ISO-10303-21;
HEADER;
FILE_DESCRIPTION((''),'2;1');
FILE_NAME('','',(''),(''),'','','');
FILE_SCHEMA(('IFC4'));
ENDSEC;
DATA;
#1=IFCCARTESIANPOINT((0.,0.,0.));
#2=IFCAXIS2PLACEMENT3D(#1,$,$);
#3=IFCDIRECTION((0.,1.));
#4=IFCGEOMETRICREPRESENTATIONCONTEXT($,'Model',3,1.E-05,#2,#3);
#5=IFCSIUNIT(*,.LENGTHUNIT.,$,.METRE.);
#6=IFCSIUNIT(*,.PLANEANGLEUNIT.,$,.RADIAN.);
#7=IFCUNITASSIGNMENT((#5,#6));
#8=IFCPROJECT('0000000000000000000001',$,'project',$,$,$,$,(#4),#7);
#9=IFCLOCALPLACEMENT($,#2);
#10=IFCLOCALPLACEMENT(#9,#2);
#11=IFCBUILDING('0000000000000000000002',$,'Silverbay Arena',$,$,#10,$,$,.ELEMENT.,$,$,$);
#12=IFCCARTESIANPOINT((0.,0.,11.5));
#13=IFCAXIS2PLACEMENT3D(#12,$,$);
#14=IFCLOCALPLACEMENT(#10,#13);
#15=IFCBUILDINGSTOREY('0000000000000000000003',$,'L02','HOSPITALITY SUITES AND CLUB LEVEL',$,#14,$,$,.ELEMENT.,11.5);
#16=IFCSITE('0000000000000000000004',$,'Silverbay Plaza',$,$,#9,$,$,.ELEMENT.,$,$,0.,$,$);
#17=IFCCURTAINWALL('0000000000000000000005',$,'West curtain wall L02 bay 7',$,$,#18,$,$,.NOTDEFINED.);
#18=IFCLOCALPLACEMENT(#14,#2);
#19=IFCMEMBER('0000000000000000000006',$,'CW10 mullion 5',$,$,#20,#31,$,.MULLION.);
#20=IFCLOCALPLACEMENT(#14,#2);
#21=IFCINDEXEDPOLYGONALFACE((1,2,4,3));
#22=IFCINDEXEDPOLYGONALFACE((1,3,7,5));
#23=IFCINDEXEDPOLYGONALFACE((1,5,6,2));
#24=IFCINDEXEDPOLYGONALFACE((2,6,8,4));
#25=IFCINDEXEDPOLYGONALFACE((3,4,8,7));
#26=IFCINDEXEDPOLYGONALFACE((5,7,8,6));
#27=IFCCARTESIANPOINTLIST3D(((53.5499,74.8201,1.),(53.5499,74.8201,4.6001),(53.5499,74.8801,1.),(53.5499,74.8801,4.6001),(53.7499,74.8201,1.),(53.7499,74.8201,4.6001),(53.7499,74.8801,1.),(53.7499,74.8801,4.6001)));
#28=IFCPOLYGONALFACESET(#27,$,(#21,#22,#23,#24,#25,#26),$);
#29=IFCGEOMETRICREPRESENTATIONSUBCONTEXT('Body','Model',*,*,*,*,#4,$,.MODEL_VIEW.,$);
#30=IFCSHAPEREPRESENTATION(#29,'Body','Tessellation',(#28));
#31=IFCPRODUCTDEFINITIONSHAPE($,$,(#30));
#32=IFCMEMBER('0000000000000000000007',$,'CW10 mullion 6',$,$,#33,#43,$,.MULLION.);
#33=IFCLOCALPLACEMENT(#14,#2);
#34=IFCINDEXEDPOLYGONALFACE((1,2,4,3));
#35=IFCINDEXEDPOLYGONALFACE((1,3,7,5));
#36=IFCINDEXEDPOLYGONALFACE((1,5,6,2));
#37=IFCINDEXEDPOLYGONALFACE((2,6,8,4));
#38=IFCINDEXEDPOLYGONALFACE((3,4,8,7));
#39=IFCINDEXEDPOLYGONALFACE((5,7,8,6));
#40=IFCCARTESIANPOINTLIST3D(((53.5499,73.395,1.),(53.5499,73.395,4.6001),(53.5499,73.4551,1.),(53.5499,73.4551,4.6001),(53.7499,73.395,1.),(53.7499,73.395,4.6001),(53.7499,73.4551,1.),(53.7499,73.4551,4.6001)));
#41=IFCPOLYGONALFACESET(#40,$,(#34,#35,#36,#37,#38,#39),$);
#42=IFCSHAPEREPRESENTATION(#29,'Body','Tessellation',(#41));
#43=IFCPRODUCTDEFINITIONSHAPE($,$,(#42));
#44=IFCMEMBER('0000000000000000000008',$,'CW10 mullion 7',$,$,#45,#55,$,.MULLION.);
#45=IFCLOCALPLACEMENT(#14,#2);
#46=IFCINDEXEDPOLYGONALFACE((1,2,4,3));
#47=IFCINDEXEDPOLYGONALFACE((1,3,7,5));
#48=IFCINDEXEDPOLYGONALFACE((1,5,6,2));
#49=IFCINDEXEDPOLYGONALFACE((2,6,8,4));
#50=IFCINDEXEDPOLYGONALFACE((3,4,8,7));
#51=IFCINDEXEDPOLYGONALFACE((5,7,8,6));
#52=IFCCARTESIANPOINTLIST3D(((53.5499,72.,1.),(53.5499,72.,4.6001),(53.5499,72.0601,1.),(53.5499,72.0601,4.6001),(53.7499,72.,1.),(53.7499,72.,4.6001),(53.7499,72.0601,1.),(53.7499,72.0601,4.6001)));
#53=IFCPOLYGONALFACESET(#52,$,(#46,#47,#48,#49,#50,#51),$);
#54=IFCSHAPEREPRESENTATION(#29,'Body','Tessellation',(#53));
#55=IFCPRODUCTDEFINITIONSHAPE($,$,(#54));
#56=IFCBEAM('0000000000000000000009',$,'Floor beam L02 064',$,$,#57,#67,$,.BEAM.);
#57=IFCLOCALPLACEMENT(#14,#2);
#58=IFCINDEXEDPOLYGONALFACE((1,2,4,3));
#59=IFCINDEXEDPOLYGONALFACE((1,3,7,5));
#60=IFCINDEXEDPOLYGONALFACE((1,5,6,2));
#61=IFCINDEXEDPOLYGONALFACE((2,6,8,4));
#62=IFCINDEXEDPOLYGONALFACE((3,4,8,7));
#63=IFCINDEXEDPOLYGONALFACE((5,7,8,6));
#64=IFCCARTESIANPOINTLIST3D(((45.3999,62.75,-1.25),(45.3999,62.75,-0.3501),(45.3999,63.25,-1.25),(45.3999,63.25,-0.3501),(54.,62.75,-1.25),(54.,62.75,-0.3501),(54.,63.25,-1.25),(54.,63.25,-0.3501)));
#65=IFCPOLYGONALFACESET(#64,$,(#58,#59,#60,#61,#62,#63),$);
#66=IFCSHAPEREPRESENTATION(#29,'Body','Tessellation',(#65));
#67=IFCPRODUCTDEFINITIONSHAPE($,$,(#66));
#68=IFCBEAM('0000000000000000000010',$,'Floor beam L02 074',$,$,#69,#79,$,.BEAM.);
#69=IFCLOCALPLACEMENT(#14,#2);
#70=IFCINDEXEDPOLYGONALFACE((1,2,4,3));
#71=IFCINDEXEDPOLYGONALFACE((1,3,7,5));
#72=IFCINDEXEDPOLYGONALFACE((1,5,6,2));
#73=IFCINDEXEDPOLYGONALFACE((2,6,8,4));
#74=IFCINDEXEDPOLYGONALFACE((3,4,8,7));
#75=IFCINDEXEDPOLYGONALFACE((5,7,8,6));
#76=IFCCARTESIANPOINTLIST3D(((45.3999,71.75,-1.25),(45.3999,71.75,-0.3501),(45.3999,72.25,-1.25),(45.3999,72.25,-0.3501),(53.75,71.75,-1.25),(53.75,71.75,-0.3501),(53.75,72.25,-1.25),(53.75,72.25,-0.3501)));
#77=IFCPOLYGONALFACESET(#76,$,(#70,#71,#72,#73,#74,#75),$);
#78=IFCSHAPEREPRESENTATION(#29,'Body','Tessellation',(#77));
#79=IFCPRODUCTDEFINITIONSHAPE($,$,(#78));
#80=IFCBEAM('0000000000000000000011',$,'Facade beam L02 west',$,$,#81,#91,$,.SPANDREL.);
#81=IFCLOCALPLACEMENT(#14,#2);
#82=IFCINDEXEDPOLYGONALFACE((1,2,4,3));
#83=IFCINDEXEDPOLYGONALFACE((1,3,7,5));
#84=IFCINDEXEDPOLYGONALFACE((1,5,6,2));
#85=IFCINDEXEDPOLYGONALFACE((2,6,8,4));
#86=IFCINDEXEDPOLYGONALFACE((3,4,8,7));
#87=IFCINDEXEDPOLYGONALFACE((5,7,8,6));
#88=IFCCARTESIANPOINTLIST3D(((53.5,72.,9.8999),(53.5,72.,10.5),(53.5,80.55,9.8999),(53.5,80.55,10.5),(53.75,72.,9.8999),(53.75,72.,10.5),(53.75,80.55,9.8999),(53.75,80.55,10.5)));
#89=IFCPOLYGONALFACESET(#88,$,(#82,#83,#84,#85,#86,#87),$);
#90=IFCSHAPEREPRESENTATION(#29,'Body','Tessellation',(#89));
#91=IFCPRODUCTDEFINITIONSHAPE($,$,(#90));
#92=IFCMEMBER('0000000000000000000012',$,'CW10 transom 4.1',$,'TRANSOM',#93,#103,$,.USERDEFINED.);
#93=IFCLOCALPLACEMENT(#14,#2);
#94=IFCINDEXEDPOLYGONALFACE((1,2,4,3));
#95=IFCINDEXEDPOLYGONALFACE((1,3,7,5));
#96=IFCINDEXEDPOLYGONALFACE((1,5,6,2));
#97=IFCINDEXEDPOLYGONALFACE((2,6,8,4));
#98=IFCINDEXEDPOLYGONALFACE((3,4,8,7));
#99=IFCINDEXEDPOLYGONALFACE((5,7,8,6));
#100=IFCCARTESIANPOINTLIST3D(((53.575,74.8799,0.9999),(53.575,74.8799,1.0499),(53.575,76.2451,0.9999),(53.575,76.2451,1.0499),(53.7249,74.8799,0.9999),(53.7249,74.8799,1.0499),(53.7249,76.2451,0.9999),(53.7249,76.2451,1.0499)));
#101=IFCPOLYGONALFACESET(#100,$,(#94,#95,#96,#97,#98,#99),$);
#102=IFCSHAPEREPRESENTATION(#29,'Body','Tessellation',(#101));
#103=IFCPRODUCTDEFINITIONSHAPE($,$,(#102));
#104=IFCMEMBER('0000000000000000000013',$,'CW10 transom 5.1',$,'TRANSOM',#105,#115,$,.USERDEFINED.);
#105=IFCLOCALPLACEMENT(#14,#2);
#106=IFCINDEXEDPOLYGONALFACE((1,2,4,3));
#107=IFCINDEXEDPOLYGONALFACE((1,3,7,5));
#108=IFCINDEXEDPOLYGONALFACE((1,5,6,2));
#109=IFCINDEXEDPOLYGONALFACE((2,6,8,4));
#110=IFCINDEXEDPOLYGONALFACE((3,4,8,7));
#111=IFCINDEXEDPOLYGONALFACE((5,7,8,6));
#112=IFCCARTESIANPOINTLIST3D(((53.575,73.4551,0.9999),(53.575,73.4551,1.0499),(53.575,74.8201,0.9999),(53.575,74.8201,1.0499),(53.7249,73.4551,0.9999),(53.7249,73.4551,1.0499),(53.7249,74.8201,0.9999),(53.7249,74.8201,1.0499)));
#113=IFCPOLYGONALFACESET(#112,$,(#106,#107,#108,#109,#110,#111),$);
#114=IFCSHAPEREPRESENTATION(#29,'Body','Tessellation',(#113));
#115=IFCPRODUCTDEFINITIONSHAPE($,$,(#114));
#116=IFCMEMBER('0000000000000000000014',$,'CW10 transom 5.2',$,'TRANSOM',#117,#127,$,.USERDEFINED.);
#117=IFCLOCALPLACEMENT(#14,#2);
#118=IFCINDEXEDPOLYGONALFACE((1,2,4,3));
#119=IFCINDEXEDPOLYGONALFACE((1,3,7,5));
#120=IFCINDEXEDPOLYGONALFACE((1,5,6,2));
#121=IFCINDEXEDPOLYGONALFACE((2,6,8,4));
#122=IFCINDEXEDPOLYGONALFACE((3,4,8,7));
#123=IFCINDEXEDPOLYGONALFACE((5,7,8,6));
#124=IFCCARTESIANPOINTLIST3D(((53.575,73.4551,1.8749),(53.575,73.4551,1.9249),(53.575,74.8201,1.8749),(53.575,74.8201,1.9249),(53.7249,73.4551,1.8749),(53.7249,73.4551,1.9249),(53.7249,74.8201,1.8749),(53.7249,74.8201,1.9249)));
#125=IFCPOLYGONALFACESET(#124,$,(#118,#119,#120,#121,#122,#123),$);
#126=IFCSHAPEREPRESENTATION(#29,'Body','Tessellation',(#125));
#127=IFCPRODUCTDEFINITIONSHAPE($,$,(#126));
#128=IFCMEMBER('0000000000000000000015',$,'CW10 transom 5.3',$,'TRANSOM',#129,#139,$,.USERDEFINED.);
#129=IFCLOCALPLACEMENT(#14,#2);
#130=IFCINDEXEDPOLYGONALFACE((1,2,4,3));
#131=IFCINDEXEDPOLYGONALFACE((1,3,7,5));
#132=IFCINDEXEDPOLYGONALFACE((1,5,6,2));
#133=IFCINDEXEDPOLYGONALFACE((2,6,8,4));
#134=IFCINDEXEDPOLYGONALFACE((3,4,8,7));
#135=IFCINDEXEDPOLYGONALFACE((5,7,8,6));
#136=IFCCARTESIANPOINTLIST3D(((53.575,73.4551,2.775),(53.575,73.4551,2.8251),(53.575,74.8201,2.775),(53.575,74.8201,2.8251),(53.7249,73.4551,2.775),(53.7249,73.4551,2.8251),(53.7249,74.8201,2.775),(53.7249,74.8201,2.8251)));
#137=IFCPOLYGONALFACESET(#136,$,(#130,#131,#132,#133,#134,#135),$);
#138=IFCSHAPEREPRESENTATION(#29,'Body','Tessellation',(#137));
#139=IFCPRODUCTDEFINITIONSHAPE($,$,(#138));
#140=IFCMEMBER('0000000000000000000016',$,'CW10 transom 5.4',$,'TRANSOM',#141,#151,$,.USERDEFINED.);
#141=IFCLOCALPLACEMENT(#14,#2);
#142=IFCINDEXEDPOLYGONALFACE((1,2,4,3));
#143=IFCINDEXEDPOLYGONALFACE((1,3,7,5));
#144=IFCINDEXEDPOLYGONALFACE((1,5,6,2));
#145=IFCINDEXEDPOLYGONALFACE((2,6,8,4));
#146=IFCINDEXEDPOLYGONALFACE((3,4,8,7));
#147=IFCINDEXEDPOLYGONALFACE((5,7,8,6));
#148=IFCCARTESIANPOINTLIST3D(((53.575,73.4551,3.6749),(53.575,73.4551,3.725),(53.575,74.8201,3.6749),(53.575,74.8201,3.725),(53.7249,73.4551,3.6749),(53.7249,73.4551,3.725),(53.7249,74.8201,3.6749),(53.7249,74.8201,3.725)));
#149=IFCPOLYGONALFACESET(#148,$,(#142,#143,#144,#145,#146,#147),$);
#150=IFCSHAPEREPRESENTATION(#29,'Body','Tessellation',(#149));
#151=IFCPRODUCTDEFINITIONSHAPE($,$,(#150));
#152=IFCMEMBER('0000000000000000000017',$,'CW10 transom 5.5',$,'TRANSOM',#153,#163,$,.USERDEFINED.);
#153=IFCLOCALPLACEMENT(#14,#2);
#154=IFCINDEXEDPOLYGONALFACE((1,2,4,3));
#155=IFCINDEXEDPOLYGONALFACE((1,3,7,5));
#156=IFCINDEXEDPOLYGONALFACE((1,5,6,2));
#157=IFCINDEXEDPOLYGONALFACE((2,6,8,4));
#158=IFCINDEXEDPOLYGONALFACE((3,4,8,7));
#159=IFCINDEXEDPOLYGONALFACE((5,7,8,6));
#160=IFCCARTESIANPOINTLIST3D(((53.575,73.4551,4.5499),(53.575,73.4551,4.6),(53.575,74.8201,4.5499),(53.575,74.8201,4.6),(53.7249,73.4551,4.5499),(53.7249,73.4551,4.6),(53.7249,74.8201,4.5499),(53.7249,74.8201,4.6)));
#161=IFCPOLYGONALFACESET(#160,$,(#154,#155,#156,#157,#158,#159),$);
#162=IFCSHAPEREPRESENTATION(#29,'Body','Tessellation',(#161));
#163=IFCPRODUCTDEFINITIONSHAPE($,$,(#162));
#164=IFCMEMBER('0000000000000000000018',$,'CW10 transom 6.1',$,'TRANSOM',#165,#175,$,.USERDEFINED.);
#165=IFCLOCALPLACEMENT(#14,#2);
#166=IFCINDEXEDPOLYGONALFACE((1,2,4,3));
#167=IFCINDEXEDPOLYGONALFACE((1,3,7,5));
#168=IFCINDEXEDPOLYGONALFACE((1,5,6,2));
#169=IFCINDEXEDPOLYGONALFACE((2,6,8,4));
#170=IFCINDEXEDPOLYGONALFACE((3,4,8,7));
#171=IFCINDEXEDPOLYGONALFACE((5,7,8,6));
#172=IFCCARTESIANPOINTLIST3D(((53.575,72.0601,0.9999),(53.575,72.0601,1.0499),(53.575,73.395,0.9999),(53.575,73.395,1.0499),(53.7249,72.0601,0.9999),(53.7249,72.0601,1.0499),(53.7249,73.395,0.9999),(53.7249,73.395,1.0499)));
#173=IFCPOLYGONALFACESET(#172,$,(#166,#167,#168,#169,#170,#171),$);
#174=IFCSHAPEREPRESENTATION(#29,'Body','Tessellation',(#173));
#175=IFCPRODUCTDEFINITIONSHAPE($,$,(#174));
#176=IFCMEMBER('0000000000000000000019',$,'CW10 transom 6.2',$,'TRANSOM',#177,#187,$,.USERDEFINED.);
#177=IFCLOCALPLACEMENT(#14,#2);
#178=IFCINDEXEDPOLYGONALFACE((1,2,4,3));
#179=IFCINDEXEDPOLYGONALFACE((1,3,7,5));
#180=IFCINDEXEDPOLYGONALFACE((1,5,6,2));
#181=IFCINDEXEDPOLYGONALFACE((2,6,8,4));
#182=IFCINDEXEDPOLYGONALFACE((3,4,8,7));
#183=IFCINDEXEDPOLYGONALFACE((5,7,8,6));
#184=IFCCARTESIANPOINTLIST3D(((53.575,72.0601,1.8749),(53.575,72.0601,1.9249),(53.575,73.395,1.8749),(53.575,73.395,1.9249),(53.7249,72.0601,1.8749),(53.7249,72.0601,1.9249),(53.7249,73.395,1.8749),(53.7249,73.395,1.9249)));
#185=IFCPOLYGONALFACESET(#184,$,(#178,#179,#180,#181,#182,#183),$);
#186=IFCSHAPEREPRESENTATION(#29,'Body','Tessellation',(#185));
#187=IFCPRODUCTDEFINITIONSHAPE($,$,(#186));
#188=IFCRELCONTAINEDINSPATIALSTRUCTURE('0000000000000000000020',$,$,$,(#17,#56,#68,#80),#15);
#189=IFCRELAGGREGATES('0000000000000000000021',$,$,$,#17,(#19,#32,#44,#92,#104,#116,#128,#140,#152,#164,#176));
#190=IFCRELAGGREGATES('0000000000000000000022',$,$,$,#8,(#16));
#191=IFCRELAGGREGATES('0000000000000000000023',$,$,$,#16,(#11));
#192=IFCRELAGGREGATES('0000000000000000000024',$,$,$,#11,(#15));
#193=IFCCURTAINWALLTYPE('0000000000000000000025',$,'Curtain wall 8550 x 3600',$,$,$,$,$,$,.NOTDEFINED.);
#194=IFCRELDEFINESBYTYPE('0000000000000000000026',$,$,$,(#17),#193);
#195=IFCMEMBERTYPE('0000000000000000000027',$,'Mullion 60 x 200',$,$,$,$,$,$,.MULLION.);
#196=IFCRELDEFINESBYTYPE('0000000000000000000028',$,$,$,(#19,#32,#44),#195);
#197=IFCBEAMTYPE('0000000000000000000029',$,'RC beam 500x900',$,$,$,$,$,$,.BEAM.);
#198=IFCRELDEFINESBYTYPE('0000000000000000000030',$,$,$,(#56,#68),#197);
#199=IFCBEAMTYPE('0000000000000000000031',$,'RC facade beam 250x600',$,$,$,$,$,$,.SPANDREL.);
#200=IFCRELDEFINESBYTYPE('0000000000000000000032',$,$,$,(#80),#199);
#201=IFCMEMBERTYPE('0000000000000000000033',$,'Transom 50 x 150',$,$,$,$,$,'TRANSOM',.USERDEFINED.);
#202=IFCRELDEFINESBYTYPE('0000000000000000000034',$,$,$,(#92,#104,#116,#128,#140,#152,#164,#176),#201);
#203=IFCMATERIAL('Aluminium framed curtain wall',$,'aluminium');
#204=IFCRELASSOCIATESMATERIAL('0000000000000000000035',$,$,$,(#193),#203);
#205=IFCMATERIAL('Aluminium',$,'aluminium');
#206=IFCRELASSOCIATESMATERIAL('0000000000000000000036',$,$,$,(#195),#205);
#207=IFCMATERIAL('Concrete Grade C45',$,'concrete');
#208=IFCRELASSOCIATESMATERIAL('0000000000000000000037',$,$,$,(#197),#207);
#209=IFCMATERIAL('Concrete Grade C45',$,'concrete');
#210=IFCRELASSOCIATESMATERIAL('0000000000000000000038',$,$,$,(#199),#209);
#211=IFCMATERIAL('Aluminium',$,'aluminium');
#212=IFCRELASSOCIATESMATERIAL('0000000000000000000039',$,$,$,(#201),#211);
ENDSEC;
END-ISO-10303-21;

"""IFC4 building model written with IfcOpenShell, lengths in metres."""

from ifc_helpers import new_model, si_unit, direction, frame, origin, origin_2d, place, context, subcontext, project, spatial, rectangle, extrude, material, material_profile, profile_set, type_object, element, aggregate, save


model = new_model("IFC4")

# Units and contexts
model_context = context("Model", 3, precision=1e-05, world=origin(), true_north=direction((0.0, 1.0)))
body_context = subcontext(model_context, "Body", "Model", "MODEL_VIEW")
ifc_project = project(units=[si_unit("LENGTHUNIT", "METRE"), si_unit("PLANEANGLEUNIT", "RADIAN")], contexts=[model_context])

# Site, building, storey
site_placement = place(None, origin())
site = spatial("IfcSite", under=ifc_project, at=site_placement, Name="Silverbay Plaza", CompositionType="ELEMENT", RefElevation=0.0)
building_placement = place(site_placement, origin())
building = spatial("IfcBuilding", under=site, at=building_placement, Name="Silverbay Arena", CompositionType="ELEMENT")
storey_placement = place(building_placement, frame((0.0, 0.0, 11.5)))
storey = spatial("IfcBuildingStorey", under=building, at=storey_placement, Name="L02", Description="HOSPITALITY SUITES AND CLUB LEVEL", CompositionType="ELEMENT", Elevation=11.5)

# Curtain wall, members
ifc_material_1 = material(Name="Aluminium framed curtain wall", Category="aluminium")
curtain_wall_type = type_object("IfcCurtainWallType", Name="Curtain wall 8550 x 3600", PredefinedType="NOTDEFINED", material=ifc_material_1)
curtain_wall_placement = place(storey_placement, origin())
curtain_wall = element("IfcCurtainWall", 1, at=curtain_wall_placement, inside=storey, type_object=curtain_wall_type, Name="West curtain wall L02 bay 7", PredefinedType="NOTDEFINED")
ifc_material_2 = material(Name="Aluminium", Category="aluminium")
ifc_material_profile_1 = material_profile(ifc_material_2, rectangle(XDim=0.2, YDim=0.0601, at=origin_2d()), Name="Mullion 60 x 200")
ifc_profile_set_1 = profile_set([ifc_material_profile_1], Name="Aluminium")
member_type_1 = type_object("IfcMemberType", Name="Mullion 60 x 200", PredefinedType="MULLION", material=ifc_profile_set_1)
member_1_placement = place(storey_placement, frame((53.6499, 74.8501, 1.0), z_axis=(0.0, 0.0, 1.0), x_axis=(1.0, 0.0, 0.0)))
member_1 = element("IfcMember", 2, at=member_1_placement, type_object=member_type_1, Name="CW10 mullion 5", PredefinedType="MULLION", context=body_context, shape_type="SweptSolid", body=[
    extrude(rectangle(XDim=0.2, YDim=0.0601, at=origin_2d()), origin(), (0.0, 0.0, 1.0), 3.6001),
])
member_2_placement = place(storey_placement, frame((53.6499, 73.425, 1.0), z_axis=(0.0, 0.0, 1.0), x_axis=(1.0, 0.0, 0.0)))
member_2 = element("IfcMember", 3, at=member_2_placement, type_object=member_type_1, Name="CW10 mullion 6", PredefinedType="MULLION", context=body_context, shape_type="SweptSolid", body=[
    extrude(rectangle(XDim=0.2, YDim=0.0601, at=origin_2d()), origin(), (0.0, 0.0, 1.0), 3.6001),
])
member_3_placement = place(storey_placement, frame((53.6499, 72.03, 1.0), z_axis=(0.0, 0.0, 1.0), x_axis=(1.0, 0.0, 0.0)))
member_3 = element("IfcMember", 4, at=member_3_placement, type_object=member_type_1, Name="CW10 mullion 7", PredefinedType="MULLION", context=body_context, shape_type="SweptSolid", body=[
    extrude(rectangle(XDim=0.2, YDim=0.0601, at=origin_2d()), origin(), (0.0, 0.0, 1.0), 3.6001),
])

# Beams
ifc_material_3 = material(Name="Concrete Grade C45", Category="concrete")
ifc_material_profile_2 = material_profile(ifc_material_3, rectangle(XDim=0.5, YDim=0.8999, at=origin_2d()), Name="RC 500x900")
ifc_profile_set_2 = profile_set([ifc_material_profile_2], Name="Concrete Grade C45")
beam_type_1 = type_object("IfcBeamType", Name="RC beam 500x900", PredefinedType="BEAM", material=ifc_profile_set_2)
beam_1_placement = place(storey_placement, frame((45.3999, 63.0, -0.8), z_axis=(1.0, 0.0, 0.0), x_axis=(0.0, 1.0, 0.0)))
element("IfcBeam", 5, at=beam_1_placement, inside=storey, type_object=beam_type_1, Name="Floor beam L02 064", PredefinedType="BEAM", context=body_context, shape_type="SweptSolid", body=[
    extrude(rectangle(XDim=0.5, YDim=0.8999, at=origin_2d()), origin(), (0.0, 0.0, 1.0), 8.6001),
])
beam_2_placement = place(storey_placement, frame((45.3999, 72.0, -0.8), z_axis=(1.0, 0.0, 0.0), x_axis=(0.0, 1.0, 0.0)))
element("IfcBeam", 6, at=beam_2_placement, inside=storey, type_object=beam_type_1, Name="Floor beam L02 074", PredefinedType="BEAM", context=body_context, shape_type="SweptSolid", body=[
    extrude(rectangle(XDim=0.5, YDim=0.8999, at=origin_2d()), origin(), (0.0, 0.0, 1.0), 8.3501),
])
ifc_material_4 = material(Name="Concrete Grade C45", Category="concrete")
ifc_material_profile_3 = material_profile(ifc_material_4, rectangle(XDim=0.25, YDim=0.6001, at=origin_2d()), Name="RC 250x600")
ifc_profile_set_3 = profile_set([ifc_material_profile_3], Name="Concrete Grade C45")
beam_type_2 = type_object("IfcBeamType", Name="RC facade beam 250x600", PredefinedType="SPANDREL", material=ifc_profile_set_3)
beam_3_placement = place(storey_placement, frame((53.625, 72.0, 10.2), z_axis=(0.0, 1.0, 0.0), x_axis=(-1.0, 0.0, 0.0)))
element("IfcBeam", 7, at=beam_3_placement, inside=storey, type_object=beam_type_2, Name="Facade beam L02 west", PredefinedType="SPANDREL", context=body_context, shape_type="SweptSolid", body=[
    extrude(rectangle(XDim=0.25, YDim=0.6001, at=origin_2d()), origin(), (0.0, 0.0, 1.0), 8.55),
])

# Members
ifc_material_5 = material(Name="Aluminium", Category="aluminium")
ifc_material_profile_4 = material_profile(ifc_material_5, rectangle(XDim=0.1499, YDim=0.05, at=origin_2d()), Name="Transom 50 x 150")
ifc_profile_set_4 = profile_set([ifc_material_profile_4], Name="Aluminium")
member_type_2 = type_object("IfcMemberType", Name="Transom 50 x 150", ElementType="TRANSOM", PredefinedType="USERDEFINED", material=ifc_profile_set_4)
member_4_placement = place(storey_placement, frame((53.6499, 76.2451, 1.0249), z_axis=(0.0, -1.0, 0.0), x_axis=(1.0, 0.0, 0.0)))
member_4 = element("IfcMember", 8, at=member_4_placement, type_object=member_type_2, Name="CW10 transom 4.1", ObjectType="TRANSOM", PredefinedType="USERDEFINED", context=body_context, shape_type="SweptSolid", body=[
    extrude(rectangle(XDim=0.1499, YDim=0.05, at=origin_2d()), origin(), (0.0, 0.0, 1.0), 1.3652),
])
member_5_placement = place(storey_placement, frame((53.6499, 74.8201, 1.0249), z_axis=(0.0, -1.0, 0.0), x_axis=(1.0, 0.0, 0.0)))
member_5 = element("IfcMember", 9, at=member_5_placement, type_object=member_type_2, Name="CW10 transom 5.1", ObjectType="TRANSOM", PredefinedType="USERDEFINED", context=body_context, shape_type="SweptSolid", body=[
    extrude(rectangle(XDim=0.1499, YDim=0.05, at=origin_2d()), origin(), (0.0, 0.0, 1.0), 1.365),
])
member_6_placement = place(storey_placement, frame((53.6499, 74.8201, 1.8999), z_axis=(0.0, -1.0, 0.0), x_axis=(1.0, 0.0, 0.0)))
member_6 = element("IfcMember", 10, at=member_6_placement, type_object=member_type_2, Name="CW10 transom 5.2", ObjectType="TRANSOM", PredefinedType="USERDEFINED", context=body_context, shape_type="SweptSolid", body=[
    extrude(rectangle(XDim=0.1499, YDim=0.05, at=origin_2d()), origin(), (0.0, 0.0, 1.0), 1.365),
])
member_7_placement = place(storey_placement, frame((53.6499, 74.8201, 2.8), z_axis=(0.0, -1.0, 0.0), x_axis=(1.0, 0.0, 0.0)))
member_7 = element("IfcMember", 11, at=member_7_placement, type_object=member_type_2, Name="CW10 transom 5.3", ObjectType="TRANSOM", PredefinedType="USERDEFINED", context=body_context, shape_type="SweptSolid", body=[
    extrude(rectangle(XDim=0.1499, YDim=0.05, at=origin_2d()), origin(), (0.0, 0.0, 1.0), 1.365),
])
member_8_placement = place(storey_placement, frame((53.6499, 74.8201, 3.7), z_axis=(0.0, -1.0, 0.0), x_axis=(1.0, 0.0, 0.0)))
member_8 = element("IfcMember", 12, at=member_8_placement, type_object=member_type_2, Name="CW10 transom 5.4", ObjectType="TRANSOM", PredefinedType="USERDEFINED", context=body_context, shape_type="SweptSolid", body=[
    extrude(rectangle(XDim=0.1499, YDim=0.05, at=origin_2d()), origin(), (0.0, 0.0, 1.0), 1.365),
])
member_9_placement = place(storey_placement, frame((53.6499, 74.8201, 4.575), z_axis=(0.0, -1.0, 0.0), x_axis=(1.0, 0.0, 0.0)))
member_9 = element("IfcMember", 13, at=member_9_placement, type_object=member_type_2, Name="CW10 transom 5.5", ObjectType="TRANSOM", PredefinedType="USERDEFINED", context=body_context, shape_type="SweptSolid", body=[
    extrude(rectangle(XDim=0.1499, YDim=0.05, at=origin_2d()), origin(), (0.0, 0.0, 1.0), 1.365),
])
member_10_placement = place(storey_placement, frame((53.6499, 73.395, 1.0249), z_axis=(0.0, -1.0, 0.0), x_axis=(1.0, 0.0, 0.0)))
member_10 = element("IfcMember", 14, at=member_10_placement, type_object=member_type_2, Name="CW10 transom 6.1", ObjectType="TRANSOM", PredefinedType="USERDEFINED", context=body_context, shape_type="SweptSolid", body=[
    extrude(rectangle(XDim=0.1499, YDim=0.05, at=origin_2d()), origin(), (0.0, 0.0, 1.0), 1.335),
])
member_11_placement = place(storey_placement, frame((53.6499, 73.395, 1.8999), z_axis=(0.0, -1.0, 0.0), x_axis=(1.0, 0.0, 0.0)))
member_11 = element("IfcMember", 15, at=member_11_placement, type_object=member_type_2, Name="CW10 transom 6.2", ObjectType="TRANSOM", PredefinedType="USERDEFINED", context=body_context, shape_type="SweptSolid", body=[
    extrude(rectangle(XDim=0.1499, YDim=0.05, at=origin_2d()), origin(), (0.0, 0.0, 1.0), 1.335),
])

aggregate(curtain_wall, [member_1, member_2, member_3, member_4, member_5, member_6, member_7, member_8, member_9, member_10, member_11])

save(model, "model.ifc")
